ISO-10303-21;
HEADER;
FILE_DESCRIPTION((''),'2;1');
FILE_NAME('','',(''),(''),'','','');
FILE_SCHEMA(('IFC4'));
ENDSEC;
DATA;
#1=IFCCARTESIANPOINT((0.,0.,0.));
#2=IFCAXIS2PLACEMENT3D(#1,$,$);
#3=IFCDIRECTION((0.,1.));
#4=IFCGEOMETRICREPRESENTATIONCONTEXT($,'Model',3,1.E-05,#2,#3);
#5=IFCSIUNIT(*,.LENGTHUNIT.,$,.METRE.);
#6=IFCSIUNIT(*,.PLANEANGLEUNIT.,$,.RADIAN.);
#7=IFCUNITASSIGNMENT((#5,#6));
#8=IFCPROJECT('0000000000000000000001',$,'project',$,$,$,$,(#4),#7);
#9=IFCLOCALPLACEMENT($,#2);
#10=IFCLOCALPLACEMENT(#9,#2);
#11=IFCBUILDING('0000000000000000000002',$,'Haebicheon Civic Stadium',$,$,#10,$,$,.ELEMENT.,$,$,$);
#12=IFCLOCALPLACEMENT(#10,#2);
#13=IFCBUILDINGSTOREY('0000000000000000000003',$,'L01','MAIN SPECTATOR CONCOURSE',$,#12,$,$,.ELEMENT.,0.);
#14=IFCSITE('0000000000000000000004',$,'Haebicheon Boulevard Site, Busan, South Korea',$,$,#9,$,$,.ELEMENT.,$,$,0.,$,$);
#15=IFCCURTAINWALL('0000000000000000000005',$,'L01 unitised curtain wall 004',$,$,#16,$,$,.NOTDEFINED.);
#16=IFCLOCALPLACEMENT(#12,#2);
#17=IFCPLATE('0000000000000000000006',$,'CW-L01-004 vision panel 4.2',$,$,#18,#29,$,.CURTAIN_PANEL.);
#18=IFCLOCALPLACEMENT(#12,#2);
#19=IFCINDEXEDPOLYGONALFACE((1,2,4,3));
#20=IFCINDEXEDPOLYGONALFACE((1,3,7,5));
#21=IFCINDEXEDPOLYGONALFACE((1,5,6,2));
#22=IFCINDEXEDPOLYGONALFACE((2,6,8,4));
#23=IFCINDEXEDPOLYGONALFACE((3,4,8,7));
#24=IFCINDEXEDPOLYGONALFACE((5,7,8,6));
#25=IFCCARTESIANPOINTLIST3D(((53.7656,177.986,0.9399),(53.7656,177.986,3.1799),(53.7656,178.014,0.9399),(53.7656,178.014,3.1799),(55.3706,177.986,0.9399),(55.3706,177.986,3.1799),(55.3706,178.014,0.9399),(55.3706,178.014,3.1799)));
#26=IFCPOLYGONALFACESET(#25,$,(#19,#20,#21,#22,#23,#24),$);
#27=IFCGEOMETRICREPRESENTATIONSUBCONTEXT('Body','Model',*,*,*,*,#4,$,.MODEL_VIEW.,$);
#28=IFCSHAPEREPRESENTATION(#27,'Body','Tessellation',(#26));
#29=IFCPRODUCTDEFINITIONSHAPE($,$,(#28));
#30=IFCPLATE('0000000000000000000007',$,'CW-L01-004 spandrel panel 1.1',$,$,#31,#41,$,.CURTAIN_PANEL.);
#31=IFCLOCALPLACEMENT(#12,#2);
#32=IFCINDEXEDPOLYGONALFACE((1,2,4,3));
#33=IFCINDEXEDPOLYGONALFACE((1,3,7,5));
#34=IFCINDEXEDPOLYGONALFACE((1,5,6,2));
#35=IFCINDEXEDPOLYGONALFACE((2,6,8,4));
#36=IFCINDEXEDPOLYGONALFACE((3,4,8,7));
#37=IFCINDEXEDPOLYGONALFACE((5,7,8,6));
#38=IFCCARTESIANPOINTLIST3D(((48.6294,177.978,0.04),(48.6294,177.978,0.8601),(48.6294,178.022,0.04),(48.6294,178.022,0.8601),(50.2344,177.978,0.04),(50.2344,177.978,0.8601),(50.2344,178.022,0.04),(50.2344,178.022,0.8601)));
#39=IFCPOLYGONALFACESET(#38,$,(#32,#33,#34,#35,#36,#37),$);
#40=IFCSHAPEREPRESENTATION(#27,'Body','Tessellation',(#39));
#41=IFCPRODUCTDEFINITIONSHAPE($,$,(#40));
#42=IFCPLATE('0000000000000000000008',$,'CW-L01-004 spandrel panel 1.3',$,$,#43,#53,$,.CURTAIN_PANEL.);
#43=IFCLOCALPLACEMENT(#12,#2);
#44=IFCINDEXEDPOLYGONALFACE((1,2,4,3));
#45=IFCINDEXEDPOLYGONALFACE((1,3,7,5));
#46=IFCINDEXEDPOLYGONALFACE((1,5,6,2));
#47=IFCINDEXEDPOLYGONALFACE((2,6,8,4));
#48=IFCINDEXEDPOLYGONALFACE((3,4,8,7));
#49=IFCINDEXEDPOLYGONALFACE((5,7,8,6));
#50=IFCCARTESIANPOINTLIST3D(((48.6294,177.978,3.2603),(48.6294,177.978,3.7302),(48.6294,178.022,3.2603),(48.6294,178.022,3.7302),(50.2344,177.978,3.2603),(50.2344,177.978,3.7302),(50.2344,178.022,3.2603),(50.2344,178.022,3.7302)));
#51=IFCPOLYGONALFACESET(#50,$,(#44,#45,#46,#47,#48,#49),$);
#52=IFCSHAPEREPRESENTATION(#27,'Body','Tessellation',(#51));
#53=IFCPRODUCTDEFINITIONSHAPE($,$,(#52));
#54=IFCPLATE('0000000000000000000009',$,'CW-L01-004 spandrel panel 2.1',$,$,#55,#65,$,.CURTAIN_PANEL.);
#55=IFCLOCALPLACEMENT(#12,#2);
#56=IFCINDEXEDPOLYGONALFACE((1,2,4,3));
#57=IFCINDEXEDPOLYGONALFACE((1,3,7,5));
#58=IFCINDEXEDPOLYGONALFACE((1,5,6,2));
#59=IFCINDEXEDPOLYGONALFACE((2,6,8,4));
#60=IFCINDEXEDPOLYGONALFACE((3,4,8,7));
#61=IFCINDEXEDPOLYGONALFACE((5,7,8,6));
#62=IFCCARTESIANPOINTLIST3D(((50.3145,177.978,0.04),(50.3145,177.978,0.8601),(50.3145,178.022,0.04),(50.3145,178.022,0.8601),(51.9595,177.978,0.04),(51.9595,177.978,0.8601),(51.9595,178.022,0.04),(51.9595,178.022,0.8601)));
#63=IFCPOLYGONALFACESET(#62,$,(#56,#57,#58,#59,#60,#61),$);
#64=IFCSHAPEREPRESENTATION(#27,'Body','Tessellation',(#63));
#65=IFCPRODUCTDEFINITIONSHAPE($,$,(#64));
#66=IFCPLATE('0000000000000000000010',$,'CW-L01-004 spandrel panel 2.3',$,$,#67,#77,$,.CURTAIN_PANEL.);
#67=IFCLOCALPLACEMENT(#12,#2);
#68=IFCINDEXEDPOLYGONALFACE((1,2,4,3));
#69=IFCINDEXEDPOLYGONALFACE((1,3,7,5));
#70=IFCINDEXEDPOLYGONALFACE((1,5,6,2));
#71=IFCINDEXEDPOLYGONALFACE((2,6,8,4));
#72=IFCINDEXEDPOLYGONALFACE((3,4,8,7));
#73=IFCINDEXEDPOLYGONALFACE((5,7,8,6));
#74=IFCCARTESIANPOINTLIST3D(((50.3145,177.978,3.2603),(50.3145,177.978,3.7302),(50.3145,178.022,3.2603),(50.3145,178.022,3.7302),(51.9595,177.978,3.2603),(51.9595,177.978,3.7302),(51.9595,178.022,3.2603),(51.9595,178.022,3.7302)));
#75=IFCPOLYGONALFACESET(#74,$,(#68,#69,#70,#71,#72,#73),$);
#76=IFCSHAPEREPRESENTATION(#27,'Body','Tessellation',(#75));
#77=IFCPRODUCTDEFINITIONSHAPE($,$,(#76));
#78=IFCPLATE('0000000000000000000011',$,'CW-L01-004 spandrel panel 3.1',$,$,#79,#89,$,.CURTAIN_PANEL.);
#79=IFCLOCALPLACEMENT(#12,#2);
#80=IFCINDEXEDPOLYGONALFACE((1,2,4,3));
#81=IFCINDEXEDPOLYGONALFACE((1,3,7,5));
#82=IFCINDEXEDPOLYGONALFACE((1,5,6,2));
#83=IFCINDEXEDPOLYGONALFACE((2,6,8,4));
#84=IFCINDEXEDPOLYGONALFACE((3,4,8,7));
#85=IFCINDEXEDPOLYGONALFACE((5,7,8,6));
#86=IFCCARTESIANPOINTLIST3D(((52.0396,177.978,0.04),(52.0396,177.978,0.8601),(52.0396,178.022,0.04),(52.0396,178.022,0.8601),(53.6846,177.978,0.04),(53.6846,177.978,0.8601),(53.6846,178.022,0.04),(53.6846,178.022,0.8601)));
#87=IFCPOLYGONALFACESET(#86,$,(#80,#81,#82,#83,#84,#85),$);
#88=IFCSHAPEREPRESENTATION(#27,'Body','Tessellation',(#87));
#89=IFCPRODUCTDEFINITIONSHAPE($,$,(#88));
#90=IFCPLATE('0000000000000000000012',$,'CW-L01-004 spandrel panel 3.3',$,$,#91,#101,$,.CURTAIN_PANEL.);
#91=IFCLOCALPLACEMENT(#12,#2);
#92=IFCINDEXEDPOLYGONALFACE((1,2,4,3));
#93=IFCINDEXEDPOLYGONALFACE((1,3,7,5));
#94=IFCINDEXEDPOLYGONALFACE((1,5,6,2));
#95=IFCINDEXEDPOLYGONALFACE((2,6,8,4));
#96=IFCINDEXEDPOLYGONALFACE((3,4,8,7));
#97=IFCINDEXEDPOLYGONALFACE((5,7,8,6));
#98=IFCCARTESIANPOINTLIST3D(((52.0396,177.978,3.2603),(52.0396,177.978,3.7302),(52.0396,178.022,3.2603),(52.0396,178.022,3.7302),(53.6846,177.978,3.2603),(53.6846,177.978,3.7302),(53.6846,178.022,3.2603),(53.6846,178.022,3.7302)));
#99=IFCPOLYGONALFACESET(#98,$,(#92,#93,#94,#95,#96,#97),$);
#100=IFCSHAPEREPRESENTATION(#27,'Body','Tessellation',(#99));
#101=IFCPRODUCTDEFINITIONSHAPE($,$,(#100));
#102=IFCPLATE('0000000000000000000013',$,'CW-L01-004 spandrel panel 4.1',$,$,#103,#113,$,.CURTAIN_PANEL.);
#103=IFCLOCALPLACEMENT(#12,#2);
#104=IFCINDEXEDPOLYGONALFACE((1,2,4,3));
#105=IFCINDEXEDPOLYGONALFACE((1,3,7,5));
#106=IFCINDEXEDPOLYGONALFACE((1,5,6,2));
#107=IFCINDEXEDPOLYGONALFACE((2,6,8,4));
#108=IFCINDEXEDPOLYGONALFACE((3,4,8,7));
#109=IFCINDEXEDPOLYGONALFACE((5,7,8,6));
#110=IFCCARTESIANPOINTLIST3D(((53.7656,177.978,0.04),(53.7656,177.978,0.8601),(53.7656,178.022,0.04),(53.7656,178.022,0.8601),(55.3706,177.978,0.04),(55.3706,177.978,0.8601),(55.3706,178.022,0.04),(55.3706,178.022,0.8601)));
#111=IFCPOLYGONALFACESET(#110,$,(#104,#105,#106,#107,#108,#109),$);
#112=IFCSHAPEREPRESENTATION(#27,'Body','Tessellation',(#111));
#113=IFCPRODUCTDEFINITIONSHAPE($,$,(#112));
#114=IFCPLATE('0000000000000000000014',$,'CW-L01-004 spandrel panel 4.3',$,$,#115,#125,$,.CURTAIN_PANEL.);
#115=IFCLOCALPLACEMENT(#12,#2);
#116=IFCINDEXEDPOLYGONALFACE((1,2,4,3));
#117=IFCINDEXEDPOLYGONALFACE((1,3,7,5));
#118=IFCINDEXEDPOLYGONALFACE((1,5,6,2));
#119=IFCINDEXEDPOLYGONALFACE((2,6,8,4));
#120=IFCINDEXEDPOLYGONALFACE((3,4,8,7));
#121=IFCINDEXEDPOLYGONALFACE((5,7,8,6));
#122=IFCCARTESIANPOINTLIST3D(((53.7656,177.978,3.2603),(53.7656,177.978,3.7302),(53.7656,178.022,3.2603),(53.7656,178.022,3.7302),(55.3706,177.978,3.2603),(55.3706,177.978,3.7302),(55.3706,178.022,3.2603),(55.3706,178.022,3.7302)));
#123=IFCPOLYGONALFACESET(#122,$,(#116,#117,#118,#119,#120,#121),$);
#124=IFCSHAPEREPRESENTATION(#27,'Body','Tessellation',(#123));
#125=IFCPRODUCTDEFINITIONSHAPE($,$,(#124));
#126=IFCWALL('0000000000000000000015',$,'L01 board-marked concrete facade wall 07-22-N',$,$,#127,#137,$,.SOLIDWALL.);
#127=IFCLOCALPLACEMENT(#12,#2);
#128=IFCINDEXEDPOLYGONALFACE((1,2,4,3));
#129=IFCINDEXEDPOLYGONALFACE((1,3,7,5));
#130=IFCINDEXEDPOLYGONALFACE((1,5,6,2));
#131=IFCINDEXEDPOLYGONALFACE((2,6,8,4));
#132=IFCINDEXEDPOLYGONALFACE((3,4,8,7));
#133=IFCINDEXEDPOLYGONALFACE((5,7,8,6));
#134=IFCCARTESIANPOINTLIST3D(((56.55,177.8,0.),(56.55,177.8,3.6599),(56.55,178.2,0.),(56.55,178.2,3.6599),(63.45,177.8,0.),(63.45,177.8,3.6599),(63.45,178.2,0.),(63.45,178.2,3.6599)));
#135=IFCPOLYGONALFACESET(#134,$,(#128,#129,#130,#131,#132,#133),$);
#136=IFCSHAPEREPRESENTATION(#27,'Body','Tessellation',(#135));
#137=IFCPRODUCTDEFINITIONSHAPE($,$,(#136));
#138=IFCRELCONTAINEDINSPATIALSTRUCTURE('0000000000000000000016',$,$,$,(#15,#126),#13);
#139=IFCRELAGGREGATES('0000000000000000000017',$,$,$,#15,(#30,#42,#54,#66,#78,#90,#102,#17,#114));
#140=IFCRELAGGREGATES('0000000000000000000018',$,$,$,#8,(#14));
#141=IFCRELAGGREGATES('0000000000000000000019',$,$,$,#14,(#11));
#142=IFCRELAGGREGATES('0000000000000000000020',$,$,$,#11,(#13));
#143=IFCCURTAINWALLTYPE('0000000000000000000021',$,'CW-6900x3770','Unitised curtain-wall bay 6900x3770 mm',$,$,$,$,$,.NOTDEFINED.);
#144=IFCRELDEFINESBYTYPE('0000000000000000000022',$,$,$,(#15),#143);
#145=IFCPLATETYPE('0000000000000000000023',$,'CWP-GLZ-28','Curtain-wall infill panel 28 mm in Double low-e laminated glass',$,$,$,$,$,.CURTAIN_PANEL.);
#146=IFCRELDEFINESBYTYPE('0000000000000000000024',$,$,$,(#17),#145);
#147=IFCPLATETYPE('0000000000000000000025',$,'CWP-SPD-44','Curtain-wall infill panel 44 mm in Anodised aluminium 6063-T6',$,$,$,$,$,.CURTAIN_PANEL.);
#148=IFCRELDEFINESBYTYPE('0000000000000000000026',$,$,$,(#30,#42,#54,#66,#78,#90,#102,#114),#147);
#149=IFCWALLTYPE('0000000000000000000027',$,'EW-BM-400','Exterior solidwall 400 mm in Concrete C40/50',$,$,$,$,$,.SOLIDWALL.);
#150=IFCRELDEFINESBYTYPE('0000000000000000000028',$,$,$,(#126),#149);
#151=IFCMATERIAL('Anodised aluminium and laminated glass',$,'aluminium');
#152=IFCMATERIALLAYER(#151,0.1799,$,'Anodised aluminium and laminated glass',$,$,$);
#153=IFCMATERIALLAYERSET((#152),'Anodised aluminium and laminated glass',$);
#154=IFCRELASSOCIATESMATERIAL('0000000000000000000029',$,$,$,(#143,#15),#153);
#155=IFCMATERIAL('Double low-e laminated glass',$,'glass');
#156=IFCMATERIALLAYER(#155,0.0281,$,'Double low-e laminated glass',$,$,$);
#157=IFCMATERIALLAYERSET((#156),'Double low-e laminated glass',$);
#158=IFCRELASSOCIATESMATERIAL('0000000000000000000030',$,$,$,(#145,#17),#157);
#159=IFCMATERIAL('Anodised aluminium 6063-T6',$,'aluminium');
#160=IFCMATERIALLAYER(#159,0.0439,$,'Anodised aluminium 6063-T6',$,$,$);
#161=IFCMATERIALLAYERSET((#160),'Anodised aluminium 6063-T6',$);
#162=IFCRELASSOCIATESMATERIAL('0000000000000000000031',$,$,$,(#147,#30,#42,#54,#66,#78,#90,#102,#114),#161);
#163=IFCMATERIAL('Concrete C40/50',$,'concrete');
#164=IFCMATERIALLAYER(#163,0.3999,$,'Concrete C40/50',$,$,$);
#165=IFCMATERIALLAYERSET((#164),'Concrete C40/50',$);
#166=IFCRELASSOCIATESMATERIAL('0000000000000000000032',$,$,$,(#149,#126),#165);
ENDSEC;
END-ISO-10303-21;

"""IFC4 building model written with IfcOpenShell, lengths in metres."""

from ifc_helpers import new_model, si_unit, direction, frame, frame_2d, origin, origin_2d, place, context, subcontext, project, spatial, rectangle, extrude, material, layer, layer_set, type_object, element, aggregate, save


model = new_model("IFC4")

# Units and contexts
model_context = context("Model", 3, precision=1e-05, world=origin(), true_north=direction((0.0, 1.0)))
body_context = subcontext(model_context, "Body", "Model", "MODEL_VIEW")
ifc_project = project(units=[si_unit("LENGTHUNIT", "METRE"), si_unit("PLANEANGLEUNIT", "RADIAN")], contexts=[model_context])

# Site, building, storey
site_placement = place(None, origin())
site = spatial("IfcSite", under=ifc_project, at=site_placement, Name="Haebicheon Boulevard Site, Busan, South Korea", CompositionType="ELEMENT", RefElevation=0.0)
building_placement = place(site_placement, origin())
building = spatial("IfcBuilding", under=site, at=building_placement, Name="Haebicheon Civic Stadium", CompositionType="ELEMENT")
storey_placement = place(building_placement, origin())
storey = spatial("IfcBuildingStorey", under=building, at=storey_placement, Name="L01", Description="MAIN SPECTATOR CONCOURSE", CompositionType="ELEMENT", Elevation=0.0)

# Curtain wall
ifc_material_1 = material(Name="Anodised aluminium and laminated glass", Category="aluminium")
ifc_layer_1 = layer(ifc_material_1, 0.1799, Name="Anodised aluminium and laminated glass")
ifc_layer_set_1 = layer_set([ifc_layer_1], Name="Anodised aluminium and laminated glass")
curtain_wall_type = type_object("IfcCurtainWallType", Name="CW-6900x3770", Description="Unitised curtain-wall bay 6900x3770 mm", PredefinedType="NOTDEFINED", material=ifc_layer_set_1)
curtain_wall_placement = place(storey_placement, origin())
curtain_wall = element("IfcCurtainWall", 1, at=curtain_wall_placement, inside=storey, type_object=curtain_wall_type, material=ifc_layer_set_1, Name="L01 unitised curtain wall 004", PredefinedType="NOTDEFINED")

# Plates
ifc_material_2 = material(Name="Double low-e laminated glass", Category="glass")
ifc_layer_2 = layer(ifc_material_2, 0.0281, Name="Double low-e laminated glass")
ifc_layer_set_2 = layer_set([ifc_layer_2], Name="Double low-e laminated glass")
plate_type_1 = type_object("IfcPlateType", Name="CWP-GLZ-28", Description="Curtain-wall infill panel 28 mm in Double low-e laminated glass", PredefinedType="CURTAIN_PANEL", material=ifc_layer_set_2)
plate_1_placement = place(storey_placement, frame((54.5681, 178.0, 0.9399), z_axis=(0.0, 0.0, 1.0), x_axis=(1.0, 0.0, 0.0)))
plate_1 = element("IfcPlate", 2, at=plate_1_placement, type_object=plate_type_1, material=ifc_layer_set_2, Name="CW-L01-004 vision panel 4.2", PredefinedType="CURTAIN_PANEL", context=body_context, shape_type="SweptSolid", body=[
    extrude(rectangle(XDim=1.605, YDim=0.0281, at=origin_2d()), origin(), (0.0, 0.0, 1.0), 2.24),
])
ifc_material_3 = material(Name="Anodised aluminium 6063-T6", Category="aluminium")
ifc_layer_3 = layer(ifc_material_3, 0.0439, Name="Anodised aluminium 6063-T6")
ifc_layer_set_3 = layer_set([ifc_layer_3], Name="Anodised aluminium 6063-T6")
plate_type_2 = type_object("IfcPlateType", Name="CWP-SPD-44", Description="Curtain-wall infill panel 44 mm in Anodised aluminium 6063-T6", PredefinedType="CURTAIN_PANEL", material=ifc_layer_set_3)
plate_2_placement = place(storey_placement, frame((49.4319, 178.0, 0.04), z_axis=(0.0, 0.0, 1.0), x_axis=(1.0, 0.0, 0.0)))
plate_2 = element("IfcPlate", 3, at=plate_2_placement, type_object=plate_type_2, material=ifc_layer_set_3, Name="CW-L01-004 spandrel panel 1.1", PredefinedType="CURTAIN_PANEL", context=body_context, shape_type="SweptSolid", body=[
    extrude(rectangle(XDim=1.605, YDim=0.0439, at=origin_2d()), origin(), (0.0, 0.0, 1.0), 0.8201),
])
plate_3_placement = place(storey_placement, frame((49.4319, 178.0, 3.2603), z_axis=(0.0, 0.0, 1.0), x_axis=(1.0, 0.0, 0.0)))
plate_3 = element("IfcPlate", 4, at=plate_3_placement, type_object=plate_type_2, material=ifc_layer_set_3, Name="CW-L01-004 spandrel panel 1.3", PredefinedType="CURTAIN_PANEL", context=body_context, shape_type="SweptSolid", body=[
    extrude(rectangle(XDim=1.605, YDim=0.0439, at=origin_2d()), origin(), (0.0, 0.0, 1.0), 0.47),
])
plate_4_placement = place(storey_placement, frame((51.137, 178.0, 0.04), z_axis=(0.0, 0.0, 1.0), x_axis=(1.0, 0.0, 0.0)))
plate_4 = element("IfcPlate", 5, at=plate_4_placement, type_object=plate_type_2, material=ifc_layer_set_3, Name="CW-L01-004 spandrel panel 2.1", PredefinedType="CURTAIN_PANEL", context=body_context, shape_type="SweptSolid", body=[
    extrude(rectangle(XDim=1.645, YDim=0.0439, at=origin_2d()), origin(), (0.0, 0.0, 1.0), 0.8201),
])
plate_5_placement = place(storey_placement, frame((51.137, 178.0, 3.2603), z_axis=(0.0, 0.0, 1.0), x_axis=(1.0, 0.0, 0.0)))
plate_5 = element("IfcPlate", 6, at=plate_5_placement, type_object=plate_type_2, material=ifc_layer_set_3, Name="CW-L01-004 spandrel panel 2.3", PredefinedType="CURTAIN_PANEL", context=body_context, shape_type="SweptSolid", body=[
    extrude(rectangle(XDim=1.645, YDim=0.0439, at=origin_2d()), origin(), (0.0, 0.0, 1.0), 0.47),
])
plate_6_placement = place(storey_placement, frame((52.8621, 178.0, 0.04), z_axis=(0.0, 0.0, 1.0), x_axis=(1.0, 0.0, 0.0)))
plate_6 = element("IfcPlate", 7, at=plate_6_placement, type_object=plate_type_2, material=ifc_layer_set_3, Name="CW-L01-004 spandrel panel 3.1", PredefinedType="CURTAIN_PANEL", context=body_context, shape_type="SweptSolid", body=[
    extrude(rectangle(XDim=1.645, YDim=0.0439, at=origin_2d()), origin(), (0.0, 0.0, 1.0), 0.8201),
])
plate_7_placement = place(storey_placement, frame((52.8621, 178.0, 3.2603), z_axis=(0.0, 0.0, 1.0), x_axis=(1.0, 0.0, 0.0)))
plate_7 = element("IfcPlate", 8, at=plate_7_placement, type_object=plate_type_2, material=ifc_layer_set_3, Name="CW-L01-004 spandrel panel 3.3", PredefinedType="CURTAIN_PANEL", context=body_context, shape_type="SweptSolid", body=[
    extrude(rectangle(XDim=1.645, YDim=0.0439, at=origin_2d()), origin(), (0.0, 0.0, 1.0), 0.47),
])
plate_8_placement = place(storey_placement, frame((54.5681, 178.0, 0.04), z_axis=(0.0, 0.0, 1.0), x_axis=(1.0, 0.0, 0.0)))
plate_8 = element("IfcPlate", 9, at=plate_8_placement, type_object=plate_type_2, material=ifc_layer_set_3, Name="CW-L01-004 spandrel panel 4.1", PredefinedType="CURTAIN_PANEL", context=body_context, shape_type="SweptSolid", body=[
    extrude(rectangle(XDim=1.605, YDim=0.0439, at=origin_2d()), origin(), (0.0, 0.0, 1.0), 0.8201),
])
plate_9_placement = place(storey_placement, frame((54.5681, 178.0, 3.2603), z_axis=(0.0, 0.0, 1.0), x_axis=(1.0, 0.0, 0.0)))
plate_9 = element("IfcPlate", 10, at=plate_9_placement, type_object=plate_type_2, material=ifc_layer_set_3, Name="CW-L01-004 spandrel panel 4.3", PredefinedType="CURTAIN_PANEL", context=body_context, shape_type="SweptSolid", body=[
    extrude(rectangle(XDim=1.605, YDim=0.0439, at=origin_2d()), origin(), (0.0, 0.0, 1.0), 0.47),
])
aggregate(curtain_wall, [plate_2, plate_3, plate_4, plate_5, plate_6, plate_7, plate_8, plate_1, plate_9])

# Wall
ifc_material_4 = material(Name="Concrete C40/50", Category="concrete")
ifc_layer_4 = layer(ifc_material_4, 0.3999, Name="Concrete C40/50")
ifc_layer_set_4 = layer_set([ifc_layer_4], Name="Concrete C40/50")
wall_type = type_object("IfcWallType", Name="EW-BM-400", Description="Exterior solidwall 400 mm in Concrete C40/50", PredefinedType="SOLIDWALL", material=ifc_layer_set_4)
wall_placement = place(storey_placement, frame((56.55, 178.0, 0.0), z_axis=(0.0, 0.0, 1.0), x_axis=(1.0, 0.0, 0.0)))
element("IfcWall", 11, at=wall_placement, inside=storey, type_object=wall_type, material=ifc_layer_set_4, Name="L01 board-marked concrete facade wall 07-22-N", PredefinedType="SOLIDWALL", context=body_context, shape_type="SweptSolid", body=[
    extrude(rectangle(XDim=6.8999, YDim=0.3999, at=frame_2d((3.45, 0.0))), origin(), (0.0, 0.0, 1.0), 3.6599),
])

save(model, "model.ifc")
